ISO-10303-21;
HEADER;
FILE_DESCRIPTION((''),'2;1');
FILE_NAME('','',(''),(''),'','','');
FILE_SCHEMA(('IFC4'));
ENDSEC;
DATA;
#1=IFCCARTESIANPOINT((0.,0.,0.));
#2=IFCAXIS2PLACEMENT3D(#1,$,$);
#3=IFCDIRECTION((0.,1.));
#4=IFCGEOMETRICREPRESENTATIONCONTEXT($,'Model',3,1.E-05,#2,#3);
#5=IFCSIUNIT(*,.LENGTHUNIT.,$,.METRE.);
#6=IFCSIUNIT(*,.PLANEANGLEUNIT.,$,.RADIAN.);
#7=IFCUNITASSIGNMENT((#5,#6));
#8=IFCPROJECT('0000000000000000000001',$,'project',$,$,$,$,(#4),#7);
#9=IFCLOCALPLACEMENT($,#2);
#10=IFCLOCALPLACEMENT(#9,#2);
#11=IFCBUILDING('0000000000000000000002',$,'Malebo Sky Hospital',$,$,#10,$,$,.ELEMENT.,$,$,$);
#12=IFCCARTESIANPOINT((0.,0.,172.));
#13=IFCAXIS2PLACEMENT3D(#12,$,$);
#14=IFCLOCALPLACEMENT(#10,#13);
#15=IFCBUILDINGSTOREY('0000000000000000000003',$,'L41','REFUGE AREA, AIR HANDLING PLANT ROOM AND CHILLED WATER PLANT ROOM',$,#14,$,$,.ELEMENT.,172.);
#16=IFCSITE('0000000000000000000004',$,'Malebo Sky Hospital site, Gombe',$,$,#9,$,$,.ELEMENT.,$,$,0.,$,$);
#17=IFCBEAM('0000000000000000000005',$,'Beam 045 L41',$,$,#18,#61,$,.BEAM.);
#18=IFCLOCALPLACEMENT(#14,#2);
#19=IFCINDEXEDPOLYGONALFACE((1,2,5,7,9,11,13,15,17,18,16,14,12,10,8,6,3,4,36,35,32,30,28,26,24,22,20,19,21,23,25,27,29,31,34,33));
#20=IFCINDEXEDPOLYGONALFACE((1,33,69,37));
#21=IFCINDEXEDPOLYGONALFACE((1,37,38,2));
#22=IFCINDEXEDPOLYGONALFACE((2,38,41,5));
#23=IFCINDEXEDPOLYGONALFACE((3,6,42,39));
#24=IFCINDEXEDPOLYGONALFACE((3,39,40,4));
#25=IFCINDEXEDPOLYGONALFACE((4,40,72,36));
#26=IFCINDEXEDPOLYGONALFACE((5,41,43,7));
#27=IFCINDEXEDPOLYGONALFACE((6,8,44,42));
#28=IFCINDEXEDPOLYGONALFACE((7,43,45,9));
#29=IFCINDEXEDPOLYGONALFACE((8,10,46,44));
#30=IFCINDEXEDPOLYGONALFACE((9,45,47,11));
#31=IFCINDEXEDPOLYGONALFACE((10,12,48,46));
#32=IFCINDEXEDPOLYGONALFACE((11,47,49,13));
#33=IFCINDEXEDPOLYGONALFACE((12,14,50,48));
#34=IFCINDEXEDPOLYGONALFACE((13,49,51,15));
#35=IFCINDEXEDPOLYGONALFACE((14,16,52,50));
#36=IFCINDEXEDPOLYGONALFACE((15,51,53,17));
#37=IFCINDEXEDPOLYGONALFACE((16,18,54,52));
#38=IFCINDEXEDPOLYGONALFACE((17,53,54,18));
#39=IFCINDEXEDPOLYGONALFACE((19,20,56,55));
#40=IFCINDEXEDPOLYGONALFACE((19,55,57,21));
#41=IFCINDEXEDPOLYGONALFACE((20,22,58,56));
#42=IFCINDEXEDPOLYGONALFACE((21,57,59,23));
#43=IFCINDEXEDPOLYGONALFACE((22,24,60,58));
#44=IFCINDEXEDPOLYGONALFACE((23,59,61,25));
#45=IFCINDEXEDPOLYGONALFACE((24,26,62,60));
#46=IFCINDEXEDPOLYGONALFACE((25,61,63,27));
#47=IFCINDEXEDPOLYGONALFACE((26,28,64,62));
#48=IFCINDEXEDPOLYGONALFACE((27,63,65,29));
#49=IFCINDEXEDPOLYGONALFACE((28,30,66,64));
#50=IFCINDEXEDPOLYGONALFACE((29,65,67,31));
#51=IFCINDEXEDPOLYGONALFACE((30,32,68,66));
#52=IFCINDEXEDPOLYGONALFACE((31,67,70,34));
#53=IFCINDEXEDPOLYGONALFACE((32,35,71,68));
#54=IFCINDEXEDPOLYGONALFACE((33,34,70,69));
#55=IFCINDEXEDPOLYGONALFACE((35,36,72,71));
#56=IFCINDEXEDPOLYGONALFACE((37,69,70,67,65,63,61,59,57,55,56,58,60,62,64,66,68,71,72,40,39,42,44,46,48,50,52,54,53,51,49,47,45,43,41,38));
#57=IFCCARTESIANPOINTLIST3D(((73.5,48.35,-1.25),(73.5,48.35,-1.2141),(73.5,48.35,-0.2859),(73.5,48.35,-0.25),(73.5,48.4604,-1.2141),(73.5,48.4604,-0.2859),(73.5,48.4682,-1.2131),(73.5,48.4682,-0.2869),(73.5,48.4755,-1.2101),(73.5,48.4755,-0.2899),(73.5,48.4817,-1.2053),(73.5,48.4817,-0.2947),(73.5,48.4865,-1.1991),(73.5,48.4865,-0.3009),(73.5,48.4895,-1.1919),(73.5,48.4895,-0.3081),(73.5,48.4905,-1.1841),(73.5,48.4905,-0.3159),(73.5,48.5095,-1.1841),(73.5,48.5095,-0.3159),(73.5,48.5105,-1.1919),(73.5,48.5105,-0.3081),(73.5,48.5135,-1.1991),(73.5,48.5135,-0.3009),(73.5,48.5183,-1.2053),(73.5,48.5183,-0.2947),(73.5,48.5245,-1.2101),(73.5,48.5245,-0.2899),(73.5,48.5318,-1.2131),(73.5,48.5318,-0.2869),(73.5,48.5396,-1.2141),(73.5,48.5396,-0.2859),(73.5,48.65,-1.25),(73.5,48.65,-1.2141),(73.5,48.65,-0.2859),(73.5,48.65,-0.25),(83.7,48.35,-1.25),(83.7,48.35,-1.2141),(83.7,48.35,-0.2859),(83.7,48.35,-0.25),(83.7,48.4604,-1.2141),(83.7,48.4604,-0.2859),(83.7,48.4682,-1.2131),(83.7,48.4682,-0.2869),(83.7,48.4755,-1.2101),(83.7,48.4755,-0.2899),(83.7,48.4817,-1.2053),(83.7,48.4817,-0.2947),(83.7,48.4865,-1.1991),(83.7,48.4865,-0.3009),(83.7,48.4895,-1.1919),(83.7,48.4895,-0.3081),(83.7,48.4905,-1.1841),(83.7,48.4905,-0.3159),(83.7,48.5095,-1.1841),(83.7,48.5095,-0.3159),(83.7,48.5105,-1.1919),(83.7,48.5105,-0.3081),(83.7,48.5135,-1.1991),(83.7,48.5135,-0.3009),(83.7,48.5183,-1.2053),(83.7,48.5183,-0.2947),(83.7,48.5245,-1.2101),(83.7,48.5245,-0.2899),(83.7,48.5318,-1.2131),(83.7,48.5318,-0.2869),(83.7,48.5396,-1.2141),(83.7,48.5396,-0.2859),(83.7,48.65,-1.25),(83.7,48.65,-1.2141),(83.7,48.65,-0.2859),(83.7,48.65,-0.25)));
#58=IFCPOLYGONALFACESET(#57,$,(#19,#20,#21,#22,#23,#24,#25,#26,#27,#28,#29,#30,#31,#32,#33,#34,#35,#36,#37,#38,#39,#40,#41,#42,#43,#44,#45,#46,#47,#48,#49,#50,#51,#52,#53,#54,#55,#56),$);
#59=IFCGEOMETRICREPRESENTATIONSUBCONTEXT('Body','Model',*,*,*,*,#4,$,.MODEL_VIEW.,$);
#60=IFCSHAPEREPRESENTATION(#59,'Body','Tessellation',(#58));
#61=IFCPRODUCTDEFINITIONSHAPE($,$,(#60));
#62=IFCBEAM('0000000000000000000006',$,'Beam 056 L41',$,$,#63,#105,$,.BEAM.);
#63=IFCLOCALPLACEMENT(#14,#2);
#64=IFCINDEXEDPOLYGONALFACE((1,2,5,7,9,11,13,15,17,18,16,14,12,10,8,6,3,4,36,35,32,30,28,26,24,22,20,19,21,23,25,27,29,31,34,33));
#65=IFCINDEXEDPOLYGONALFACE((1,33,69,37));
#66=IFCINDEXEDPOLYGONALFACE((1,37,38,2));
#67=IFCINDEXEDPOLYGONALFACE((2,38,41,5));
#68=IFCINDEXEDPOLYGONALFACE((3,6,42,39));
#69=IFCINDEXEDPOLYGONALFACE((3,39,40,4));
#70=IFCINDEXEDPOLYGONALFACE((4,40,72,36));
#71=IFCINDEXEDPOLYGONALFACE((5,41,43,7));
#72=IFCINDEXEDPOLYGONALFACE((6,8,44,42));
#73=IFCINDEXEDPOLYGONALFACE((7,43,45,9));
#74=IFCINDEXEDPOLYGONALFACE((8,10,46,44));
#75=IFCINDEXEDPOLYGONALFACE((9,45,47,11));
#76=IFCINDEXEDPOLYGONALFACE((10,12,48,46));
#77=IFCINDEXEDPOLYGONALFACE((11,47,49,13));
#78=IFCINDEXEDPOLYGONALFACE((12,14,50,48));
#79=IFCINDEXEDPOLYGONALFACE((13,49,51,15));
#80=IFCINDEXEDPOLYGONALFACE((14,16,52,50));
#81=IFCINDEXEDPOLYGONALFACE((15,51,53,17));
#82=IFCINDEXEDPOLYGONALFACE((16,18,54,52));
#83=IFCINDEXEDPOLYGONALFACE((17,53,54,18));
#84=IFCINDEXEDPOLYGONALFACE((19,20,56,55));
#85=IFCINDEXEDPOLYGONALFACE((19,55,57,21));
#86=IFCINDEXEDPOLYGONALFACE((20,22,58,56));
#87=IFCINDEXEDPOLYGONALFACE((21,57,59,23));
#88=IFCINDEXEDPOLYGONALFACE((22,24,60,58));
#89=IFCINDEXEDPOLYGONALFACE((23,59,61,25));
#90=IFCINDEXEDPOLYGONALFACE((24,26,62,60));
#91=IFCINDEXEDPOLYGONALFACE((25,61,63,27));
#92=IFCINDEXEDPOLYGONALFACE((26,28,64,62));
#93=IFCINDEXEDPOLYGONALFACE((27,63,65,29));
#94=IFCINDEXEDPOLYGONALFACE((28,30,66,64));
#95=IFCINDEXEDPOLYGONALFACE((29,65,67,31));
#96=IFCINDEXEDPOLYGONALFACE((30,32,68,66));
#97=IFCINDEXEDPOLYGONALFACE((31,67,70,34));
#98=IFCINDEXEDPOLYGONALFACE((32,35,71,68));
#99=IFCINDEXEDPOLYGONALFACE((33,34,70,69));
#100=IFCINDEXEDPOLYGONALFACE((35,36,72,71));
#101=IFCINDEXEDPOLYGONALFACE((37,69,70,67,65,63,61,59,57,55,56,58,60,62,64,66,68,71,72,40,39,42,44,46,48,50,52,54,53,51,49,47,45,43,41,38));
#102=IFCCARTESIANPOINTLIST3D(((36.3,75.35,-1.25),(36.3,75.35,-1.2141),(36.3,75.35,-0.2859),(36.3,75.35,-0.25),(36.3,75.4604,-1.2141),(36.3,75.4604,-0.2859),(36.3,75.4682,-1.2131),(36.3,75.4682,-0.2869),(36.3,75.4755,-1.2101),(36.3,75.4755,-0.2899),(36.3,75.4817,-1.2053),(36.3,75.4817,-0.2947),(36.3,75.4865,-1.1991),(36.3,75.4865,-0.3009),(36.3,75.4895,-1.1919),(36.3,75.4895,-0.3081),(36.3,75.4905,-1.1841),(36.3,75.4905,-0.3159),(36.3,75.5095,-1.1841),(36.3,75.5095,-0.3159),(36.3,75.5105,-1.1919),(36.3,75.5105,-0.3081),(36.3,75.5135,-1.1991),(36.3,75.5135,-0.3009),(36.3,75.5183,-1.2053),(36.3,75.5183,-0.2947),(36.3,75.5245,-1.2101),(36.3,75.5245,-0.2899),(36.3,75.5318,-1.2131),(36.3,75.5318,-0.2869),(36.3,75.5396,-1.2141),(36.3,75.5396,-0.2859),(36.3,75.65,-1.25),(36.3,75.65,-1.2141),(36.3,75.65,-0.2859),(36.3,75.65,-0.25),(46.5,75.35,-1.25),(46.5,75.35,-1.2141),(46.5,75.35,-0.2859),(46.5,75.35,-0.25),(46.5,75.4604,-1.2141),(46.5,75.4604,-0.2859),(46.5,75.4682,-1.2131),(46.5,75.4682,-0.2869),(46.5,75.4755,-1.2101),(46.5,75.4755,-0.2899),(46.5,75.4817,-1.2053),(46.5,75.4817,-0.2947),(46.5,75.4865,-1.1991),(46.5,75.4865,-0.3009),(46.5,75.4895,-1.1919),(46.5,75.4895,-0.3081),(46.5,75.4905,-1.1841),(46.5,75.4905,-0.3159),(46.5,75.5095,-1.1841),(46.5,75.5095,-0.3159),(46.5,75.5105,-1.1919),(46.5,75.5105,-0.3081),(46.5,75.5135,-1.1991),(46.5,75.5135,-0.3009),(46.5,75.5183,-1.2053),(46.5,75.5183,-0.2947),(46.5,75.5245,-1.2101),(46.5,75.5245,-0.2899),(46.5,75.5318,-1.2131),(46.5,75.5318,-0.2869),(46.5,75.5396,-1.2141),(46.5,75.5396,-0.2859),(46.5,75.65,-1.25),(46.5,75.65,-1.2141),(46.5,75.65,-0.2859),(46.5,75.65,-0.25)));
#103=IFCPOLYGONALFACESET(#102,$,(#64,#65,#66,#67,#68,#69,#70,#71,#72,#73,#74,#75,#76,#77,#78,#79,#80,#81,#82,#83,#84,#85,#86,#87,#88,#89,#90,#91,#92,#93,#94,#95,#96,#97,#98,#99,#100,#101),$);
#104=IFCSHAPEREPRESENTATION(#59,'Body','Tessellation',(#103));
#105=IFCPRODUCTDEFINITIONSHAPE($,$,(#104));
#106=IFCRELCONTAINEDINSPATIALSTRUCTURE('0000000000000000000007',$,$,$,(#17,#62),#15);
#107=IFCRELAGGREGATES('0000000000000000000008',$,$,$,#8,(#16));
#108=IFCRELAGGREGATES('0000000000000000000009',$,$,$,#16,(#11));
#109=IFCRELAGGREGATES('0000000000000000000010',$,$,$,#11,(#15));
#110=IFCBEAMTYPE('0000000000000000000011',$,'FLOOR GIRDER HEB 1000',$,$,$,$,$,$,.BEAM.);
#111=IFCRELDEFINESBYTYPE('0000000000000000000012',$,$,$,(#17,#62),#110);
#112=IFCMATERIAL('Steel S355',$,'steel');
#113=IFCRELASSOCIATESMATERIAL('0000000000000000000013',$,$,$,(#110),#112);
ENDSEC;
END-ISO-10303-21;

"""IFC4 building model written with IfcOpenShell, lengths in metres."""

from ifc_helpers import new_model, si_unit, direction, frame, origin, origin_2d, place, context, subcontext, project, spatial, i_section, extrude, material, material_profile, profile_set, type_object, element, save


model = new_model("IFC4")

# Units and contexts
model_context = context("Model", 3, precision=1e-05, world=origin(), true_north=direction((0.0, 1.0)))
body_context = subcontext(model_context, "Body", "Model", "MODEL_VIEW")
ifc_project = project(units=[si_unit("LENGTHUNIT", "METRE"), si_unit("PLANEANGLEUNIT", "RADIAN")], contexts=[model_context])

# Site, building, storey
site_placement = place(None, origin())
site = spatial("IfcSite", under=ifc_project, at=site_placement, Name="Malebo Sky Hospital site, Gombe", CompositionType="ELEMENT", RefElevation=0.0)
building_placement = place(site_placement, origin())
building = spatial("IfcBuilding", under=site, at=building_placement, Name="Malebo Sky Hospital", CompositionType="ELEMENT")
storey_placement = place(building_placement, frame((0.0, 0.0, 172.0)))
storey = spatial("IfcBuildingStorey", under=building, at=storey_placement, Name="L41", Description="REFUGE AREA, AIR HANDLING PLANT ROOM AND CHILLED WATER PLANT ROOM", CompositionType="ELEMENT", Elevation=172.0)

# Beams
ifc_material = material(Name="Steel S355", Category="steel")
ifc_material_profile_1 = material_profile(ifc_material, i_section(OverallWidth=0.3, OverallDepth=1.0, WebThickness=0.019, FlangeThickness=0.0359, FilletRadius=0.03, at=origin_2d()), Name="HEB 1000")
ifc_profile_set_1 = profile_set([ifc_material_profile_1], Name="Steel S355")
beam_type_1 = type_object("IfcBeamType", Name="FLOOR GIRDER HEB 1000", PredefinedType="BEAM", material=ifc_profile_set_1)
for number, where, z_axis, x_axis, name in (
    (1, (73.5, 48.5, -0.75), (1.0, 0.0, 0.0), (0.0, 1.0, 0.0), "Beam 045 L41"),
    (2, (36.3, 75.5, -0.75), (1.0, 0.0, 0.0), (0.0, 1.0, 0.0), "Beam 056 L41"),
):
    element("IfcBeam", number, at=place(storey_placement, frame(where, z_axis=z_axis, x_axis=x_axis)), inside=storey, type_object=beam_type_1, Name=name, PredefinedType="BEAM", context=body_context, shape_type="SweptSolid", body=[
        extrude(i_section(OverallWidth=0.3, OverallDepth=1.0, WebThickness=0.019, FlangeThickness=0.0359, FilletRadius=0.03, at=origin_2d()), origin(), (0.0, 0.0, 1.0), 10.2),
    ])

save(model, "model.ifc")
